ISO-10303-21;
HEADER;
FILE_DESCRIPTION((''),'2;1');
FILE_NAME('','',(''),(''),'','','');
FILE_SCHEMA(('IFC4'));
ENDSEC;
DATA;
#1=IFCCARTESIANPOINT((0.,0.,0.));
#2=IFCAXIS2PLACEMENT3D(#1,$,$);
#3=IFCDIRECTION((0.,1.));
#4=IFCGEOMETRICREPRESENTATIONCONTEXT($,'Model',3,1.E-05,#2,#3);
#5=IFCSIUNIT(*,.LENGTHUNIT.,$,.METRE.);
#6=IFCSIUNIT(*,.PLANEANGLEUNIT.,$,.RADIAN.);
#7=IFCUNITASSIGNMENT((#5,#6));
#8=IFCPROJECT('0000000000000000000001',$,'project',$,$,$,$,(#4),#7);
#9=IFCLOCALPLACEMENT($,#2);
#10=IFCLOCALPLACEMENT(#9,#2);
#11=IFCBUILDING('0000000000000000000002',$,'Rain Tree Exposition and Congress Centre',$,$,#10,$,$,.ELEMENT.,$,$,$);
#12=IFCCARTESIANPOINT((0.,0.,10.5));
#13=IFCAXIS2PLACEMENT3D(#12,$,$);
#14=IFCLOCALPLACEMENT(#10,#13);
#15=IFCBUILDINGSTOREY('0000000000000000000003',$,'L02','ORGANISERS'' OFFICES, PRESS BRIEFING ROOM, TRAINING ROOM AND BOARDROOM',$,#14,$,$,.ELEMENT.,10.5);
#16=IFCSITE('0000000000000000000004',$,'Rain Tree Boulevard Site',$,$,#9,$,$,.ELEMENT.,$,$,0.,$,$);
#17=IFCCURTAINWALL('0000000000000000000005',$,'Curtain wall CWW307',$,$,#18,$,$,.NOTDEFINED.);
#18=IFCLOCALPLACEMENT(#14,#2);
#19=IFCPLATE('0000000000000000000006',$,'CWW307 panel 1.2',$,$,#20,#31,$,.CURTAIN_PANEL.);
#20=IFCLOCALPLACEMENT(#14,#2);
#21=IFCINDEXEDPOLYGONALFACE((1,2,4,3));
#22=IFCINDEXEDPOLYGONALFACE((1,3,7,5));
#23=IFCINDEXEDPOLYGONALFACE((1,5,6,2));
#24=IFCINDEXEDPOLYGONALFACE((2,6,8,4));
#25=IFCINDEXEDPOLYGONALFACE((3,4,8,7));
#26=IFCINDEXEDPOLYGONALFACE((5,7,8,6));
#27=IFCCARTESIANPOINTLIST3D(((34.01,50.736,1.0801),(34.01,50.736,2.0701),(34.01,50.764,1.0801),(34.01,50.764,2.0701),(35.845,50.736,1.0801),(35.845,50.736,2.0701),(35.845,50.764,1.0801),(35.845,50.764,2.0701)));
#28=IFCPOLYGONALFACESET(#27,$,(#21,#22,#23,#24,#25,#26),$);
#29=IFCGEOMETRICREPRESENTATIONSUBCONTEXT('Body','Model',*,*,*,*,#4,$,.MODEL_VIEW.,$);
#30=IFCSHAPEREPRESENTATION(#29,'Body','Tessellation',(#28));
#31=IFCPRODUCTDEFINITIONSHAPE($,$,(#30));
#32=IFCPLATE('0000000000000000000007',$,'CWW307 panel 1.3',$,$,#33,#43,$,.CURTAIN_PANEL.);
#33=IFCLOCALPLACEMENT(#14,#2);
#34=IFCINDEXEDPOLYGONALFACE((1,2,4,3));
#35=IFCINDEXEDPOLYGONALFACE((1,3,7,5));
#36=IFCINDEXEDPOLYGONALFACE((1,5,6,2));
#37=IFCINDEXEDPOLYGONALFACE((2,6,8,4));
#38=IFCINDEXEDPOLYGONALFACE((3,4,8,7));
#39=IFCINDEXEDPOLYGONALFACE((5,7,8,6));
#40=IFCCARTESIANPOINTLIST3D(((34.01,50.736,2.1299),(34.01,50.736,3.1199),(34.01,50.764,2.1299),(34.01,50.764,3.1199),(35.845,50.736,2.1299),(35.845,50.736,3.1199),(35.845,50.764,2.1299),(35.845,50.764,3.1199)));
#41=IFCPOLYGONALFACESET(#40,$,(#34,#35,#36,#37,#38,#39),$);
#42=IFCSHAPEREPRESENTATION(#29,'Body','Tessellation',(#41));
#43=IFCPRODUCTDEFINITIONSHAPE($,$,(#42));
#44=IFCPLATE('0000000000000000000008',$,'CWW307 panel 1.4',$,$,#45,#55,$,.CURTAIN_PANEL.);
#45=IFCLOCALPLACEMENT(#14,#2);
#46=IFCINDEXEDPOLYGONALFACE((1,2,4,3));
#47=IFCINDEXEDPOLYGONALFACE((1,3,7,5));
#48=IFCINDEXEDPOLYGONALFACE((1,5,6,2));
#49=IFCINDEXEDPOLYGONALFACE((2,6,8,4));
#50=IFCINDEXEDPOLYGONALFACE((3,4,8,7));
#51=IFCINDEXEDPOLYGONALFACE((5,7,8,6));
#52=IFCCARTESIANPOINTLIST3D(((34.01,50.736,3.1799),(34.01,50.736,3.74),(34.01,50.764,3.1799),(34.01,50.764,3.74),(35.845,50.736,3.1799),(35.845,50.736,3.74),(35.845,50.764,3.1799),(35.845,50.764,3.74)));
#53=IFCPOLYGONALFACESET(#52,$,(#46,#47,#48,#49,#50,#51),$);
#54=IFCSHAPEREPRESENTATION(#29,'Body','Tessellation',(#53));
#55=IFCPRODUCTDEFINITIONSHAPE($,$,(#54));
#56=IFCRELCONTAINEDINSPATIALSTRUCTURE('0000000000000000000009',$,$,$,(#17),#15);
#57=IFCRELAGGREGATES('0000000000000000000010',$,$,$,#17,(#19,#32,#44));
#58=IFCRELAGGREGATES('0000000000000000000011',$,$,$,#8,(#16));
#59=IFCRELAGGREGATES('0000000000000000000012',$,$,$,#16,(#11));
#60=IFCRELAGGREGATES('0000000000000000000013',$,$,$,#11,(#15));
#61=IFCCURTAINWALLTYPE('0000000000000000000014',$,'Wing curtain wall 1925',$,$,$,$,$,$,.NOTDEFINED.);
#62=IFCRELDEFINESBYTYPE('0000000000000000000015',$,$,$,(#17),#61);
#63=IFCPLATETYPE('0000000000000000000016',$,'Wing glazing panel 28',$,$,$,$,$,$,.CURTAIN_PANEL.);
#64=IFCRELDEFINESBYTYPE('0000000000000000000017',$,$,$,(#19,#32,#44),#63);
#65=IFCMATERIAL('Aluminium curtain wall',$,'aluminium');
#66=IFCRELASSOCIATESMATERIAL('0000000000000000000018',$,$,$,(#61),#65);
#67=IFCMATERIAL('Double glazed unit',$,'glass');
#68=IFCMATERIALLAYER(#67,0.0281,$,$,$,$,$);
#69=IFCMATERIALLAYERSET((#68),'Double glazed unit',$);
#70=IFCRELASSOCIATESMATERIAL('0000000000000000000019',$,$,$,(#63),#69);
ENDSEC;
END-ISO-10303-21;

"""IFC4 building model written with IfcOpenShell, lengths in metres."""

from ifc_helpers import new_model, si_unit, direction, frame, origin, origin_2d, place, context, subcontext, project, spatial, rectangle, extrude, material, layer, layer_set, type_object, element, aggregate, save


model = new_model("IFC4")

# Units and contexts
model_context = context("Model", 3, precision=1e-05, world=origin(), true_north=direction((0.0, 1.0)))
body_context = subcontext(model_context, "Body", "Model", "MODEL_VIEW")
ifc_project = project(units=[si_unit("LENGTHUNIT", "METRE"), si_unit("PLANEANGLEUNIT", "RADIAN")], contexts=[model_context])

# Site, building, storey
site_placement = place(None, origin())
site = spatial("IfcSite", under=ifc_project, at=site_placement, Name="Rain Tree Boulevard Site", CompositionType="ELEMENT", RefElevation=0.0)
building_placement = place(site_placement, origin())
building = spatial("IfcBuilding", under=site, at=building_placement, Name="Rain Tree Exposition and Congress Centre", CompositionType="ELEMENT")
storey_placement = place(building_placement, frame((0.0, 0.0, 10.5)))
storey = spatial("IfcBuildingStorey", under=building, at=storey_placement, Name="L02", Description="ORGANISERS' OFFICES, PRESS BRIEFING ROOM, TRAINING ROOM AND BOARDROOM", CompositionType="ELEMENT", Elevation=10.5)

# Curtain wall
ifc_material_1 = material(Name="Aluminium curtain wall", Category="aluminium")
curtain_wall_type = type_object("IfcCurtainWallType", Name="Wing curtain wall 1925", PredefinedType="NOTDEFINED", material=ifc_material_1)
curtain_wall_1_placement = place(storey_placement, origin())
curtain_wall_1 = element("IfcCurtainWall", 1, at=curtain_wall_1_placement, inside=storey, type_object=curtain_wall_type, Name="Curtain wall CWW307", PredefinedType="NOTDEFINED")

# Plates
ifc_material_2 = material(Name="Double glazed unit", Category="glass")
ifc_layer = layer(ifc_material_2, 0.0281)
ifc_layer_set = layer_set([ifc_layer], Name="Double glazed unit")
plate_type = type_object("IfcPlateType", Name="Wing glazing panel 28", PredefinedType="CURTAIN_PANEL", material=ifc_layer_set)
plate_1_placement = place(storey_placement, frame((34.9275, 50.75, 1.0801), z_axis=(0.0, 0.0, 1.0), x_axis=(1.0, 0.0, 0.0)))
plate_1 = element("IfcPlate", 2, at=plate_1_placement, type_object=plate_type, Name="CWW307 panel 1.2", PredefinedType="CURTAIN_PANEL", context=body_context, shape_type="SweptSolid", body=[
    extrude(rectangle(XDim=1.835, YDim=0.0281, at=origin_2d()), origin(), (0.0, 0.0, 1.0), 0.99),
])
plate_2_placement = place(storey_placement, frame((34.9275, 50.75, 2.1299), z_axis=(0.0, 0.0, 1.0), x_axis=(1.0, 0.0, 0.0)))
plate_2 = element("IfcPlate", 3, at=plate_2_placement, type_object=plate_type, Name="CWW307 panel 1.3", PredefinedType="CURTAIN_PANEL", context=body_context, shape_type="SweptSolid", body=[
    extrude(rectangle(XDim=1.835, YDim=0.0281, at=origin_2d()), origin(), (0.0, 0.0, 1.0), 0.99),
])
plate_3_placement = place(storey_placement, frame((34.9275, 50.75, 3.1799), z_axis=(0.0, 0.0, 1.0), x_axis=(1.0, 0.0, 0.0)))
plate_3 = element("IfcPlate", 4, at=plate_3_placement, type_object=plate_type, Name="CWW307 panel 1.4", PredefinedType="CURTAIN_PANEL", context=body_context, shape_type="SweptSolid", body=[
    extrude(rectangle(XDim=1.835, YDim=0.0281, at=origin_2d()), origin(), (0.0, 0.0, 1.0), 0.5601),
])
aggregate(curtain_wall_1, [plate_1, plate_2, plate_3])

save(model, "model.ifc")
